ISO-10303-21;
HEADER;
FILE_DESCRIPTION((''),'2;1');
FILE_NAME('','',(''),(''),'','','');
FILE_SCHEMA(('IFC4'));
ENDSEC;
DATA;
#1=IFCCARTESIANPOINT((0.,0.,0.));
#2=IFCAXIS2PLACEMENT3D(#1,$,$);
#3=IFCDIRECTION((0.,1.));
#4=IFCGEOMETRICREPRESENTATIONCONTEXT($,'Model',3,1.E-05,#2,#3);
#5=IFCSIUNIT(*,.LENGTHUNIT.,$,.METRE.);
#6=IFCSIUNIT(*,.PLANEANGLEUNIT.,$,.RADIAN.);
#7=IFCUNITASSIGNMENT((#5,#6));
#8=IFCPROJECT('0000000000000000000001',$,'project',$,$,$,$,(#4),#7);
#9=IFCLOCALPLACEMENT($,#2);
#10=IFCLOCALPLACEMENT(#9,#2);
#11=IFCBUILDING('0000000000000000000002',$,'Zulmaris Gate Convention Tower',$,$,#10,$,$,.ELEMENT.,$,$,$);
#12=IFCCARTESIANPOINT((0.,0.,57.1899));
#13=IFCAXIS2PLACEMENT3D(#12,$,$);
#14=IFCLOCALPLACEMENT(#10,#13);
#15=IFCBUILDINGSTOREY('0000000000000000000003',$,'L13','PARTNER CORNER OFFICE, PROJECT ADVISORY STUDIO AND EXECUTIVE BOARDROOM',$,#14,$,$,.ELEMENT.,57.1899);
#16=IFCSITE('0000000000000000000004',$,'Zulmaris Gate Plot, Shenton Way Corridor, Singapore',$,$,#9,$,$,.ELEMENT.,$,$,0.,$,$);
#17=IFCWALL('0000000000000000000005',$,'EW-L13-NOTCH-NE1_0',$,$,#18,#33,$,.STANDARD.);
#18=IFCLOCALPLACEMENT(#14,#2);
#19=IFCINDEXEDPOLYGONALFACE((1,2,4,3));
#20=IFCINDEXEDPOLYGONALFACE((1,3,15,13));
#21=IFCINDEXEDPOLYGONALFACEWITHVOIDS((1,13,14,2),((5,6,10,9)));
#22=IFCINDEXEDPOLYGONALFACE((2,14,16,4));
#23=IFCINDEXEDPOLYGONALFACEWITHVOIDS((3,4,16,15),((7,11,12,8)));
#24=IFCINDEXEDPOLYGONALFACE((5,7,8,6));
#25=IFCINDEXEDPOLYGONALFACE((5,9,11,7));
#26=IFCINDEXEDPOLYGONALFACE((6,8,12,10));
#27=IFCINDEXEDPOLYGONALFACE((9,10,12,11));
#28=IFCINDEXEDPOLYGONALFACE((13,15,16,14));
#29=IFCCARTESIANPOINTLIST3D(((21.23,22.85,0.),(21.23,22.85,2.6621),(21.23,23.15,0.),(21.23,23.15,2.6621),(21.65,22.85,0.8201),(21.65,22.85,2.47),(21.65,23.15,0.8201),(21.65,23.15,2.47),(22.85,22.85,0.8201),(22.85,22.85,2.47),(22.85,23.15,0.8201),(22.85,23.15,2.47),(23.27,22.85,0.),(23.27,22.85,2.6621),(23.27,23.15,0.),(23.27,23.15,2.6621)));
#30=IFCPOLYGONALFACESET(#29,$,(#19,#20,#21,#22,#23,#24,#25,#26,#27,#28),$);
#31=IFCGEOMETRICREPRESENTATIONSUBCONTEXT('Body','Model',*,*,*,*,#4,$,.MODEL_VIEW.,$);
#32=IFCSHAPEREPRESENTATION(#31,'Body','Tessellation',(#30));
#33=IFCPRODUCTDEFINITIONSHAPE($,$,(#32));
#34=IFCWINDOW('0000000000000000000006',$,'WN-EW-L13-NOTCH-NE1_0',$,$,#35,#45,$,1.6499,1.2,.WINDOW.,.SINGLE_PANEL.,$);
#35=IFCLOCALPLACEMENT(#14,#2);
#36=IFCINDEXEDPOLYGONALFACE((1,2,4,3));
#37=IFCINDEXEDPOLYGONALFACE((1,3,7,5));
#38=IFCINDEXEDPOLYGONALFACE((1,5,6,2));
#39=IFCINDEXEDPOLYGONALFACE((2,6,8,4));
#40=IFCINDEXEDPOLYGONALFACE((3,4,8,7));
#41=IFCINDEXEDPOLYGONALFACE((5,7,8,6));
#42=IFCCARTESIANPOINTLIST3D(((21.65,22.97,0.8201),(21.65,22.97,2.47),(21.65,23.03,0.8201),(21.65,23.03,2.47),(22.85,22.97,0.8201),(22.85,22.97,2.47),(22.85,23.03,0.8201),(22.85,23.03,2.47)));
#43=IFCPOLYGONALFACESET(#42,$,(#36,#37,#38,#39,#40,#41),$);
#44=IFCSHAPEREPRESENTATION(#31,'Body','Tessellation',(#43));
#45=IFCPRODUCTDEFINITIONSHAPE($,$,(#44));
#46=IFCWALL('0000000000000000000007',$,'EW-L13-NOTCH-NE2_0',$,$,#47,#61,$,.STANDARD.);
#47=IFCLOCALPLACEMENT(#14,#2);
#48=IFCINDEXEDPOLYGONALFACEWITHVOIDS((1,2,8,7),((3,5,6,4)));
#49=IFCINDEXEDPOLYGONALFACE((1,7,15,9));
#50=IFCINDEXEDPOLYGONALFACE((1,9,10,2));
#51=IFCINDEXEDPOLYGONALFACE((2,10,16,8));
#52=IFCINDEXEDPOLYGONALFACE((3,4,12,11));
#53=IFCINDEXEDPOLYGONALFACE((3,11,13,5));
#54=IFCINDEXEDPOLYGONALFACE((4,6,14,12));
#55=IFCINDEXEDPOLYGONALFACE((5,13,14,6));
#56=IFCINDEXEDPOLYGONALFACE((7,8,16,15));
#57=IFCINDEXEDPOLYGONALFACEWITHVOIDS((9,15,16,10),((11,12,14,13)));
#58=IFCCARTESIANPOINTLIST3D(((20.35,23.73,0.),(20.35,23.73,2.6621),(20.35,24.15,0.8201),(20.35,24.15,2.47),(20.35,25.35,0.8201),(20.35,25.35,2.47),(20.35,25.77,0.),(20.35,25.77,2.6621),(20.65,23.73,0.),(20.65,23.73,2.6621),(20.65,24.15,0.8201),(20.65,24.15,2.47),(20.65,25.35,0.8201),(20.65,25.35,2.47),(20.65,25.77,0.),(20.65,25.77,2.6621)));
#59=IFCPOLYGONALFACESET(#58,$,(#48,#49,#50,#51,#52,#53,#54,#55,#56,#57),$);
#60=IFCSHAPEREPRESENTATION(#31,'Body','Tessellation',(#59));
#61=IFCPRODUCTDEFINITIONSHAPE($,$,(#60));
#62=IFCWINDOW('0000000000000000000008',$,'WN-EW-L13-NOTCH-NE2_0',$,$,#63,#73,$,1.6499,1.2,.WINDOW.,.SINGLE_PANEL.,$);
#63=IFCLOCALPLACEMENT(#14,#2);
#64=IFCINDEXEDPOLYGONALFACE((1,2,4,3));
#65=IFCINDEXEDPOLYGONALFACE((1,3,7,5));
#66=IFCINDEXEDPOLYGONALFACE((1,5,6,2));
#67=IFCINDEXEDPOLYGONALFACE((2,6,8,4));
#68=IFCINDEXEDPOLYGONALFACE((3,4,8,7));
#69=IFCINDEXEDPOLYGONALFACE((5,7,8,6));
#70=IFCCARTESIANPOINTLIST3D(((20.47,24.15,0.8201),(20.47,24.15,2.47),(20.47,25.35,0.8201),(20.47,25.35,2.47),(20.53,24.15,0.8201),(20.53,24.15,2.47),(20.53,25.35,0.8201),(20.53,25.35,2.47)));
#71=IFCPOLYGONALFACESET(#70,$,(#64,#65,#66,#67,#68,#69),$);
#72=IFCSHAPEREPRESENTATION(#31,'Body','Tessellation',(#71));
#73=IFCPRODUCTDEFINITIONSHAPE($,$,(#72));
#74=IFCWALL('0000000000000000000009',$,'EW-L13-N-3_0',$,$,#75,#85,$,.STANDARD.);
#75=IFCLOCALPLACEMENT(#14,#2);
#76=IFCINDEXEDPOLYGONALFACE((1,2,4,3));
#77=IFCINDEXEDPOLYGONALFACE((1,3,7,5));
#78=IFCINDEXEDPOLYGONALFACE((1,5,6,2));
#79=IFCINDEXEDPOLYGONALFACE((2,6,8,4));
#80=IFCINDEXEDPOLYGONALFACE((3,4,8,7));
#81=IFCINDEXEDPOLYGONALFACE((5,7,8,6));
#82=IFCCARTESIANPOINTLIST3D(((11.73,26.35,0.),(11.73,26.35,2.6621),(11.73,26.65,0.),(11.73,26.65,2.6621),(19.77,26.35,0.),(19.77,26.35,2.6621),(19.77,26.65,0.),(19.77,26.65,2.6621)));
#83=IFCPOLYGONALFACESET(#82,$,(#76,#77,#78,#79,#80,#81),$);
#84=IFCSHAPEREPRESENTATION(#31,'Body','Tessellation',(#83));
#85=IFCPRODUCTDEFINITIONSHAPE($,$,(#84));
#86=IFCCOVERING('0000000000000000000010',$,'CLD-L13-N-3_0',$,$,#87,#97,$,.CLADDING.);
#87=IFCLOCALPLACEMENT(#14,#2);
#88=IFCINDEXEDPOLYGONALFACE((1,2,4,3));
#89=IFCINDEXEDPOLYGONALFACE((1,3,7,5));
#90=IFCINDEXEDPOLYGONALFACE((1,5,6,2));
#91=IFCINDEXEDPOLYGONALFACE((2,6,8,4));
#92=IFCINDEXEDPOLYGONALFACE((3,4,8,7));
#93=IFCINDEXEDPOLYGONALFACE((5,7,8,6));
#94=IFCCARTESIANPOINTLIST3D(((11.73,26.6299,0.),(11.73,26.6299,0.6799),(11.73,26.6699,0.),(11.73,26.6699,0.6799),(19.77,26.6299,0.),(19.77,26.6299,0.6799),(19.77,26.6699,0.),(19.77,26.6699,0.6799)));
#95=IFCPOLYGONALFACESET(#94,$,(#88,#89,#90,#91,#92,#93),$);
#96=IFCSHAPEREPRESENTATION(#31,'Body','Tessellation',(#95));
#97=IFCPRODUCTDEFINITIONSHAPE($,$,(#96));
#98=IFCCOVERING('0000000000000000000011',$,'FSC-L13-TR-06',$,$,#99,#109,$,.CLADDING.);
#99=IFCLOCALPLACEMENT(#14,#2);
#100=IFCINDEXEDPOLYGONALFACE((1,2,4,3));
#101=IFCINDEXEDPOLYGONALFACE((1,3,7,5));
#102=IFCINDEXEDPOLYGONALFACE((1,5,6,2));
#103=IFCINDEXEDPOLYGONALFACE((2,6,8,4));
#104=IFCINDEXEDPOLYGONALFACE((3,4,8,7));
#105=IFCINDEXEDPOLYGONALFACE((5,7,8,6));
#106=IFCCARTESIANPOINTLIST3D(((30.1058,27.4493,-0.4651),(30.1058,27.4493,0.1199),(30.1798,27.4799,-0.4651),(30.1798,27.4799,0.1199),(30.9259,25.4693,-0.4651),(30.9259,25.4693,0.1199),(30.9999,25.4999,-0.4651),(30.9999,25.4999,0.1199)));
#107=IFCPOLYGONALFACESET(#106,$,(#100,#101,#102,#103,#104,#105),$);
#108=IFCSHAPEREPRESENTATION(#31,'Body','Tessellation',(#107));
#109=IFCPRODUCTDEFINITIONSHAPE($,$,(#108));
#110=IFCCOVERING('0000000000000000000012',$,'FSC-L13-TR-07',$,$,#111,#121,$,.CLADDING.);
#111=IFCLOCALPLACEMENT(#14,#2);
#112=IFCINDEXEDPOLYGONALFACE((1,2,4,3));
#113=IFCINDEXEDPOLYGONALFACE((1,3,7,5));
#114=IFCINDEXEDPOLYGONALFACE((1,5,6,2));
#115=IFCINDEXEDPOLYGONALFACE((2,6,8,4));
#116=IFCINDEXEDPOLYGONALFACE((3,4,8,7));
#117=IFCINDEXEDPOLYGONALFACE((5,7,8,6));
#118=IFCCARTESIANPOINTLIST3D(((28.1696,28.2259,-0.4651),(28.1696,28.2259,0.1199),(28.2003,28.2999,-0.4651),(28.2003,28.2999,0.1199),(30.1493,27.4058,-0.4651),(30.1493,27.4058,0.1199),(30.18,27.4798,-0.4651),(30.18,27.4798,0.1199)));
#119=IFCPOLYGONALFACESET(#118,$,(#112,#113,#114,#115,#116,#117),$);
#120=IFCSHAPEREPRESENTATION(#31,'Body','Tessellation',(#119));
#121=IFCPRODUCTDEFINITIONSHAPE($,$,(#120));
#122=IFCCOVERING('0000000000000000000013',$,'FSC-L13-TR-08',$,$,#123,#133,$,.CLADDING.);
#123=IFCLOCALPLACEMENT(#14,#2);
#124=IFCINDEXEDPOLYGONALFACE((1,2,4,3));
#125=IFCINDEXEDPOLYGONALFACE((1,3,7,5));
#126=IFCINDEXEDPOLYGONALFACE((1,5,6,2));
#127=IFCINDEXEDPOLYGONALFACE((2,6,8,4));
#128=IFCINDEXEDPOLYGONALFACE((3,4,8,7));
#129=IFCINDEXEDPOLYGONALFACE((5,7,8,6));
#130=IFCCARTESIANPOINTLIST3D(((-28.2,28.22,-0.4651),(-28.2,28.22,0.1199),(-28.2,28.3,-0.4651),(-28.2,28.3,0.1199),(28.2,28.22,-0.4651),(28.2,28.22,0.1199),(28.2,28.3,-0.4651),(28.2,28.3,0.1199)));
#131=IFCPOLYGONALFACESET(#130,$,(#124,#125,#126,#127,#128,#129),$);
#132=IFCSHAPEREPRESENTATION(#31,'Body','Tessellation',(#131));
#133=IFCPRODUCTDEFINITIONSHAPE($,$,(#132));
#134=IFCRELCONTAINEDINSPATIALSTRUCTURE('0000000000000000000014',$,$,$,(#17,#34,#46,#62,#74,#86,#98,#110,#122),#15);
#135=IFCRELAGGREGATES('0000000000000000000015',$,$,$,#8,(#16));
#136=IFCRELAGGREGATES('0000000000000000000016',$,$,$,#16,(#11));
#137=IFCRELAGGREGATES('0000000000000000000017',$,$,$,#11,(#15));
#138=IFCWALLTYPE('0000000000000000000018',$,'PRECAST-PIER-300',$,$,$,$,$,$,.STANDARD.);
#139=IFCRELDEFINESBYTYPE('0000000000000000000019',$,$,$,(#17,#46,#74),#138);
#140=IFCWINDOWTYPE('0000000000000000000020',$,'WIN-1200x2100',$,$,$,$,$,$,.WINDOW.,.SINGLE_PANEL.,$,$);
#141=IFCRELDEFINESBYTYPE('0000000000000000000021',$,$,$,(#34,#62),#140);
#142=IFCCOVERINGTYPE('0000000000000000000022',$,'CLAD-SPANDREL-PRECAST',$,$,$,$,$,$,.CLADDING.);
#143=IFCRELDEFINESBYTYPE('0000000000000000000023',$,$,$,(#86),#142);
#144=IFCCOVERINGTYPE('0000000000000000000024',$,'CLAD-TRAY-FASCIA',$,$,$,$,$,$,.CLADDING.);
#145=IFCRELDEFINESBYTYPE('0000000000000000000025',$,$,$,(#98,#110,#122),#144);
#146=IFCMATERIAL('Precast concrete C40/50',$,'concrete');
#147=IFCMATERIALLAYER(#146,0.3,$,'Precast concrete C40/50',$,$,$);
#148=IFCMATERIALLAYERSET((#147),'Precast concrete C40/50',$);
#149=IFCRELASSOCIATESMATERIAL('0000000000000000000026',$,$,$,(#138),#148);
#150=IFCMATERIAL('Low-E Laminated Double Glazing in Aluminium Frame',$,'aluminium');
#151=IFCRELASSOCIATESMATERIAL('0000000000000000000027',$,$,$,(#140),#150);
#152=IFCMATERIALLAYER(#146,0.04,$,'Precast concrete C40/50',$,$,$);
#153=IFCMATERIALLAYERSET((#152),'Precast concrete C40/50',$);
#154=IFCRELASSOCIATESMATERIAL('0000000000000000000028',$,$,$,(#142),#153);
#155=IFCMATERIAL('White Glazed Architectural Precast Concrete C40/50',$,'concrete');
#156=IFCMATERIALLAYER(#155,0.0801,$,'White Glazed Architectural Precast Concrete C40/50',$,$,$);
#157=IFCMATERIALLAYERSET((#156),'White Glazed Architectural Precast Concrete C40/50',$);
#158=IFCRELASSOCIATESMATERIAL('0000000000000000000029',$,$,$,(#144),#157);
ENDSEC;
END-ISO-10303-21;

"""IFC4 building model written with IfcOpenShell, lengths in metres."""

from ifc_helpers import new_model, si_unit, direction, frame, frame_2d, origin, place, context, subcontext, project, spatial, rectangle, extrude, material, layer, layer_set, type_object, element, fill, save


model = new_model("IFC4")

# Units and contexts
model_context = context("Model", 3, precision=1e-05, world=origin(), true_north=direction((0.0, 1.0)))
body_context = subcontext(model_context, "Body", "Model", "MODEL_VIEW")
ifc_project = project(units=[si_unit("LENGTHUNIT", "METRE"), si_unit("PLANEANGLEUNIT", "RADIAN")], contexts=[model_context])

# Site, building, storey
site_placement = place(None, origin())
site = spatial("IfcSite", under=ifc_project, at=site_placement, Name="Zulmaris Gate Plot, Shenton Way Corridor, Singapore", CompositionType="ELEMENT", RefElevation=0.0)
building_placement = place(site_placement, origin())
building = spatial("IfcBuilding", under=site, at=building_placement, Name="Zulmaris Gate Convention Tower", CompositionType="ELEMENT")
storey_placement = place(building_placement, frame((0.0, 0.0, 57.1899)))
storey = spatial("IfcBuildingStorey", under=building, at=storey_placement, Name="L13", Description="PARTNER CORNER OFFICE, PROJECT ADVISORY STUDIO AND EXECUTIVE BOARDROOM", CompositionType="ELEMENT", Elevation=57.1899)

# Walls, openings, windows
ifc_material_1 = material(Name="Precast concrete C40/50", Category="concrete")
ifc_layer_1 = layer(ifc_material_1, 0.3, Name="Precast concrete C40/50")
ifc_layer_set_1 = layer_set([ifc_layer_1], Name="Precast concrete C40/50")
wall_type_1 = type_object("IfcWallType", Name="PRECAST-PIER-300", PredefinedType="STANDARD", material=ifc_layer_set_1)
wall_1_placement = place(storey_placement, frame((23.27, 23.0, 0.0), z_axis=(0.0, 0.0, 1.0), x_axis=(-1.0, 0.0, 0.0)))
wall_1 = element("IfcWall", 1, at=wall_1_placement, inside=storey, type_object=wall_type_1, Name="EW-L13-NOTCH-NE1_0", PredefinedType="STANDARD", context=body_context, shape_type="SweptSolid", body=[
    extrude(rectangle(XDim=2.04, YDim=0.3, at=frame_2d((1.02, 0.0))), origin(), (0.0, 0.0, 1.0), 2.6621),
])
opening_1_placement = place(wall_1_placement, frame((0.4199, 0.0, 0.8201)))
opening_1 = element("IfcOpeningElement", 2, at=opening_1_placement, cuts=wall_1, PredefinedType="OPENING", context=body_context, shape_type="SweptSolid", body=[
    extrude(rectangle(XDim=1.2, YDim=1.6499, at=frame_2d((0.6001, 0.825))), frame((0.0, 0.1602, 0.0), z_axis=(0.0, -1.0, 0.0), x_axis=(1.0, 0.0, 0.0)), (0.0, 0.0, 1.0), 0.3201),
])
ifc_material_2 = material(Name="Low-E Laminated Double Glazing in Aluminium Frame", Category="aluminium")
window_type = type_object("IfcWindowType", Name="WIN-1200x2100", PartitioningType="SINGLE_PANEL", PredefinedType="WINDOW", material=ifc_material_2)
window_1_placement = place(opening_1_placement, origin())
window_1 = element("IfcWindow", 3, at=window_1_placement, inside=storey, type_object=window_type, Name="WN-EW-L13-NOTCH-NE1_0", OverallHeight=1.6499, OverallWidth=1.2, PartitioningType="SINGLE_PANEL", PredefinedType="WINDOW", context=body_context, shape_type="SweptSolid", body=[
    extrude(rectangle(XDim=1.2, YDim=1.6499, at=frame_2d((0.6001, 0.825))), frame((0.0, 0.03, 0.0), z_axis=(0.0, -1.0, 0.0), x_axis=(1.0, 0.0, 0.0)), (0.0, 0.0, 1.0), 0.0601),
])
fill(opening_1, window_1)
wall_2_placement = place(storey_placement, frame((20.5, 23.73, 0.0), z_axis=(0.0, 0.0, 1.0), x_axis=(0.0, 1.0, 0.0)))
wall_2 = element("IfcWall", 4, at=wall_2_placement, inside=storey, type_object=wall_type_1, Name="EW-L13-NOTCH-NE2_0", PredefinedType="STANDARD", context=body_context, shape_type="SweptSolid", body=[
    extrude(rectangle(XDim=2.04, YDim=0.3, at=frame_2d((1.02, 0.0))), origin(), (0.0, 0.0, 1.0), 2.6621),
])
opening_2_placement = place(wall_2_placement, frame((0.4199, 0.0, 0.8201)))
opening_2 = element("IfcOpeningElement", 5, at=opening_2_placement, cuts=wall_2, PredefinedType="OPENING", context=body_context, shape_type="SweptSolid", body=[
    extrude(rectangle(XDim=1.2, YDim=1.6499, at=frame_2d((0.6001, 0.825))), frame((0.0, 0.1602, 0.0), z_axis=(0.0, -1.0, 0.0), x_axis=(1.0, 0.0, 0.0)), (0.0, 0.0, 1.0), 0.3201),
])
window_2_placement = place(opening_2_placement, origin())
window_2 = element("IfcWindow", 6, at=window_2_placement, inside=storey, type_object=window_type, Name="WN-EW-L13-NOTCH-NE2_0", OverallHeight=1.6499, OverallWidth=1.2, PartitioningType="SINGLE_PANEL", PredefinedType="WINDOW", context=body_context, shape_type="SweptSolid", body=[
    extrude(rectangle(XDim=1.2, YDim=1.6499, at=frame_2d((0.6001, 0.825))), frame((0.0, 0.03, 0.0), z_axis=(0.0, -1.0, 0.0), x_axis=(1.0, 0.0, 0.0)), (0.0, 0.0, 1.0), 0.0601),
])
fill(opening_2, window_2)

# Wall
wall_3_placement = place(storey_placement, frame((19.77, 26.5, 0.0), z_axis=(0.0, 0.0, 1.0), x_axis=(-1.0, 0.0, 0.0)))
element("IfcWall", 7, at=wall_3_placement, inside=storey, type_object=wall_type_1, Name="EW-L13-N-3_0", PredefinedType="STANDARD", context=body_context, shape_type="SweptSolid", body=[
    extrude(rectangle(XDim=8.04, YDim=0.3, at=frame_2d((4.02, 0.0))), origin(), (0.0, 0.0, 1.0), 2.6621),
])

# Coverings
ifc_layer_2 = layer(ifc_material_1, 0.04, Name="Precast concrete C40/50")
ifc_layer_set_2 = layer_set([ifc_layer_2], Name="Precast concrete C40/50")
covering_type_1 = type_object("IfcCoveringType", Name="CLAD-SPANDREL-PRECAST", PredefinedType="CLADDING", material=ifc_layer_set_2)
covering_1_placement = place(storey_placement, frame((19.77, 26.6499, 0.0), z_axis=(0.0, 0.0, 1.0), x_axis=(-1.0, 0.0, 0.0)))
element("IfcCovering", 8, at=covering_1_placement, inside=storey, type_object=covering_type_1, Name="CLD-L13-N-3_0", PredefinedType="CLADDING", context=body_context, shape_type="SweptSolid", body=[
    extrude(rectangle(XDim=8.04, YDim=0.04, at=frame_2d((4.02, 0.0))), origin(), (0.0, 0.0, 1.0), 0.6799),
])
ifc_material_3 = material(Name="White Glazed Architectural Precast Concrete C40/50", Category="concrete")
ifc_layer_3 = layer(ifc_material_3, 0.0801, Name="White Glazed Architectural Precast Concrete C40/50")
ifc_layer_set_3 = layer_set([ifc_layer_3], Name="White Glazed Architectural Precast Concrete C40/50")
covering_type_2 = type_object("IfcCoveringType", Name="CLAD-TRAY-FASCIA", PredefinedType="CLADDING", material=ifc_layer_set_3)
covering_2_placement = place(storey_placement, frame((30.9629, 25.4846, -0.4651), z_axis=(0.0, 0.0, 1.0), x_axis=(-0.382657, 0.92389, 0.0)))
element("IfcCovering", 9, at=covering_2_placement, inside=storey, type_object=covering_type_2, Name="FSC-L13-TR-06", PredefinedType="CLADDING", context=body_context, shape_type="SweptSolid", body=[
    extrude(rectangle(XDim=2.1431, YDim=0.0801, at=frame_2d((1.0715, 0.0))), origin(), (0.0, 0.0, 1.0), 0.585),
])
covering_3_placement = place(storey_placement, frame((30.1646, 27.4429, -0.4651), z_axis=(0.0, 0.0, 1.0), x_axis=(-0.923874, 0.382697, 0.0)))
element("IfcCovering", 10, at=covering_3_placement, inside=storey, type_object=covering_type_2, Name="FSC-L13-TR-07", PredefinedType="CLADDING", context=body_context, shape_type="SweptSolid", body=[
    extrude(rectangle(XDim=2.1428, YDim=0.0801, at=frame_2d((1.0713, 0.0))), origin(), (0.0, 0.0, 1.0), 0.585),
])
covering_4_placement = place(storey_placement, frame((28.2, 28.26, -0.4651), z_axis=(0.0, 0.0, 1.0), x_axis=(-1.0, 0.0, 0.0)))
element("IfcCovering", 11, at=covering_4_placement, inside=storey, type_object=covering_type_2, Name="FSC-L13-TR-08", PredefinedType="CLADDING", context=body_context, shape_type="SweptSolid", body=[
    extrude(rectangle(XDim=56.3999, YDim=0.0801, at=frame_2d((28.2, 0.0))), origin(), (0.0, 0.0, 1.0), 0.585),
])

save(model, "model.ifc")
